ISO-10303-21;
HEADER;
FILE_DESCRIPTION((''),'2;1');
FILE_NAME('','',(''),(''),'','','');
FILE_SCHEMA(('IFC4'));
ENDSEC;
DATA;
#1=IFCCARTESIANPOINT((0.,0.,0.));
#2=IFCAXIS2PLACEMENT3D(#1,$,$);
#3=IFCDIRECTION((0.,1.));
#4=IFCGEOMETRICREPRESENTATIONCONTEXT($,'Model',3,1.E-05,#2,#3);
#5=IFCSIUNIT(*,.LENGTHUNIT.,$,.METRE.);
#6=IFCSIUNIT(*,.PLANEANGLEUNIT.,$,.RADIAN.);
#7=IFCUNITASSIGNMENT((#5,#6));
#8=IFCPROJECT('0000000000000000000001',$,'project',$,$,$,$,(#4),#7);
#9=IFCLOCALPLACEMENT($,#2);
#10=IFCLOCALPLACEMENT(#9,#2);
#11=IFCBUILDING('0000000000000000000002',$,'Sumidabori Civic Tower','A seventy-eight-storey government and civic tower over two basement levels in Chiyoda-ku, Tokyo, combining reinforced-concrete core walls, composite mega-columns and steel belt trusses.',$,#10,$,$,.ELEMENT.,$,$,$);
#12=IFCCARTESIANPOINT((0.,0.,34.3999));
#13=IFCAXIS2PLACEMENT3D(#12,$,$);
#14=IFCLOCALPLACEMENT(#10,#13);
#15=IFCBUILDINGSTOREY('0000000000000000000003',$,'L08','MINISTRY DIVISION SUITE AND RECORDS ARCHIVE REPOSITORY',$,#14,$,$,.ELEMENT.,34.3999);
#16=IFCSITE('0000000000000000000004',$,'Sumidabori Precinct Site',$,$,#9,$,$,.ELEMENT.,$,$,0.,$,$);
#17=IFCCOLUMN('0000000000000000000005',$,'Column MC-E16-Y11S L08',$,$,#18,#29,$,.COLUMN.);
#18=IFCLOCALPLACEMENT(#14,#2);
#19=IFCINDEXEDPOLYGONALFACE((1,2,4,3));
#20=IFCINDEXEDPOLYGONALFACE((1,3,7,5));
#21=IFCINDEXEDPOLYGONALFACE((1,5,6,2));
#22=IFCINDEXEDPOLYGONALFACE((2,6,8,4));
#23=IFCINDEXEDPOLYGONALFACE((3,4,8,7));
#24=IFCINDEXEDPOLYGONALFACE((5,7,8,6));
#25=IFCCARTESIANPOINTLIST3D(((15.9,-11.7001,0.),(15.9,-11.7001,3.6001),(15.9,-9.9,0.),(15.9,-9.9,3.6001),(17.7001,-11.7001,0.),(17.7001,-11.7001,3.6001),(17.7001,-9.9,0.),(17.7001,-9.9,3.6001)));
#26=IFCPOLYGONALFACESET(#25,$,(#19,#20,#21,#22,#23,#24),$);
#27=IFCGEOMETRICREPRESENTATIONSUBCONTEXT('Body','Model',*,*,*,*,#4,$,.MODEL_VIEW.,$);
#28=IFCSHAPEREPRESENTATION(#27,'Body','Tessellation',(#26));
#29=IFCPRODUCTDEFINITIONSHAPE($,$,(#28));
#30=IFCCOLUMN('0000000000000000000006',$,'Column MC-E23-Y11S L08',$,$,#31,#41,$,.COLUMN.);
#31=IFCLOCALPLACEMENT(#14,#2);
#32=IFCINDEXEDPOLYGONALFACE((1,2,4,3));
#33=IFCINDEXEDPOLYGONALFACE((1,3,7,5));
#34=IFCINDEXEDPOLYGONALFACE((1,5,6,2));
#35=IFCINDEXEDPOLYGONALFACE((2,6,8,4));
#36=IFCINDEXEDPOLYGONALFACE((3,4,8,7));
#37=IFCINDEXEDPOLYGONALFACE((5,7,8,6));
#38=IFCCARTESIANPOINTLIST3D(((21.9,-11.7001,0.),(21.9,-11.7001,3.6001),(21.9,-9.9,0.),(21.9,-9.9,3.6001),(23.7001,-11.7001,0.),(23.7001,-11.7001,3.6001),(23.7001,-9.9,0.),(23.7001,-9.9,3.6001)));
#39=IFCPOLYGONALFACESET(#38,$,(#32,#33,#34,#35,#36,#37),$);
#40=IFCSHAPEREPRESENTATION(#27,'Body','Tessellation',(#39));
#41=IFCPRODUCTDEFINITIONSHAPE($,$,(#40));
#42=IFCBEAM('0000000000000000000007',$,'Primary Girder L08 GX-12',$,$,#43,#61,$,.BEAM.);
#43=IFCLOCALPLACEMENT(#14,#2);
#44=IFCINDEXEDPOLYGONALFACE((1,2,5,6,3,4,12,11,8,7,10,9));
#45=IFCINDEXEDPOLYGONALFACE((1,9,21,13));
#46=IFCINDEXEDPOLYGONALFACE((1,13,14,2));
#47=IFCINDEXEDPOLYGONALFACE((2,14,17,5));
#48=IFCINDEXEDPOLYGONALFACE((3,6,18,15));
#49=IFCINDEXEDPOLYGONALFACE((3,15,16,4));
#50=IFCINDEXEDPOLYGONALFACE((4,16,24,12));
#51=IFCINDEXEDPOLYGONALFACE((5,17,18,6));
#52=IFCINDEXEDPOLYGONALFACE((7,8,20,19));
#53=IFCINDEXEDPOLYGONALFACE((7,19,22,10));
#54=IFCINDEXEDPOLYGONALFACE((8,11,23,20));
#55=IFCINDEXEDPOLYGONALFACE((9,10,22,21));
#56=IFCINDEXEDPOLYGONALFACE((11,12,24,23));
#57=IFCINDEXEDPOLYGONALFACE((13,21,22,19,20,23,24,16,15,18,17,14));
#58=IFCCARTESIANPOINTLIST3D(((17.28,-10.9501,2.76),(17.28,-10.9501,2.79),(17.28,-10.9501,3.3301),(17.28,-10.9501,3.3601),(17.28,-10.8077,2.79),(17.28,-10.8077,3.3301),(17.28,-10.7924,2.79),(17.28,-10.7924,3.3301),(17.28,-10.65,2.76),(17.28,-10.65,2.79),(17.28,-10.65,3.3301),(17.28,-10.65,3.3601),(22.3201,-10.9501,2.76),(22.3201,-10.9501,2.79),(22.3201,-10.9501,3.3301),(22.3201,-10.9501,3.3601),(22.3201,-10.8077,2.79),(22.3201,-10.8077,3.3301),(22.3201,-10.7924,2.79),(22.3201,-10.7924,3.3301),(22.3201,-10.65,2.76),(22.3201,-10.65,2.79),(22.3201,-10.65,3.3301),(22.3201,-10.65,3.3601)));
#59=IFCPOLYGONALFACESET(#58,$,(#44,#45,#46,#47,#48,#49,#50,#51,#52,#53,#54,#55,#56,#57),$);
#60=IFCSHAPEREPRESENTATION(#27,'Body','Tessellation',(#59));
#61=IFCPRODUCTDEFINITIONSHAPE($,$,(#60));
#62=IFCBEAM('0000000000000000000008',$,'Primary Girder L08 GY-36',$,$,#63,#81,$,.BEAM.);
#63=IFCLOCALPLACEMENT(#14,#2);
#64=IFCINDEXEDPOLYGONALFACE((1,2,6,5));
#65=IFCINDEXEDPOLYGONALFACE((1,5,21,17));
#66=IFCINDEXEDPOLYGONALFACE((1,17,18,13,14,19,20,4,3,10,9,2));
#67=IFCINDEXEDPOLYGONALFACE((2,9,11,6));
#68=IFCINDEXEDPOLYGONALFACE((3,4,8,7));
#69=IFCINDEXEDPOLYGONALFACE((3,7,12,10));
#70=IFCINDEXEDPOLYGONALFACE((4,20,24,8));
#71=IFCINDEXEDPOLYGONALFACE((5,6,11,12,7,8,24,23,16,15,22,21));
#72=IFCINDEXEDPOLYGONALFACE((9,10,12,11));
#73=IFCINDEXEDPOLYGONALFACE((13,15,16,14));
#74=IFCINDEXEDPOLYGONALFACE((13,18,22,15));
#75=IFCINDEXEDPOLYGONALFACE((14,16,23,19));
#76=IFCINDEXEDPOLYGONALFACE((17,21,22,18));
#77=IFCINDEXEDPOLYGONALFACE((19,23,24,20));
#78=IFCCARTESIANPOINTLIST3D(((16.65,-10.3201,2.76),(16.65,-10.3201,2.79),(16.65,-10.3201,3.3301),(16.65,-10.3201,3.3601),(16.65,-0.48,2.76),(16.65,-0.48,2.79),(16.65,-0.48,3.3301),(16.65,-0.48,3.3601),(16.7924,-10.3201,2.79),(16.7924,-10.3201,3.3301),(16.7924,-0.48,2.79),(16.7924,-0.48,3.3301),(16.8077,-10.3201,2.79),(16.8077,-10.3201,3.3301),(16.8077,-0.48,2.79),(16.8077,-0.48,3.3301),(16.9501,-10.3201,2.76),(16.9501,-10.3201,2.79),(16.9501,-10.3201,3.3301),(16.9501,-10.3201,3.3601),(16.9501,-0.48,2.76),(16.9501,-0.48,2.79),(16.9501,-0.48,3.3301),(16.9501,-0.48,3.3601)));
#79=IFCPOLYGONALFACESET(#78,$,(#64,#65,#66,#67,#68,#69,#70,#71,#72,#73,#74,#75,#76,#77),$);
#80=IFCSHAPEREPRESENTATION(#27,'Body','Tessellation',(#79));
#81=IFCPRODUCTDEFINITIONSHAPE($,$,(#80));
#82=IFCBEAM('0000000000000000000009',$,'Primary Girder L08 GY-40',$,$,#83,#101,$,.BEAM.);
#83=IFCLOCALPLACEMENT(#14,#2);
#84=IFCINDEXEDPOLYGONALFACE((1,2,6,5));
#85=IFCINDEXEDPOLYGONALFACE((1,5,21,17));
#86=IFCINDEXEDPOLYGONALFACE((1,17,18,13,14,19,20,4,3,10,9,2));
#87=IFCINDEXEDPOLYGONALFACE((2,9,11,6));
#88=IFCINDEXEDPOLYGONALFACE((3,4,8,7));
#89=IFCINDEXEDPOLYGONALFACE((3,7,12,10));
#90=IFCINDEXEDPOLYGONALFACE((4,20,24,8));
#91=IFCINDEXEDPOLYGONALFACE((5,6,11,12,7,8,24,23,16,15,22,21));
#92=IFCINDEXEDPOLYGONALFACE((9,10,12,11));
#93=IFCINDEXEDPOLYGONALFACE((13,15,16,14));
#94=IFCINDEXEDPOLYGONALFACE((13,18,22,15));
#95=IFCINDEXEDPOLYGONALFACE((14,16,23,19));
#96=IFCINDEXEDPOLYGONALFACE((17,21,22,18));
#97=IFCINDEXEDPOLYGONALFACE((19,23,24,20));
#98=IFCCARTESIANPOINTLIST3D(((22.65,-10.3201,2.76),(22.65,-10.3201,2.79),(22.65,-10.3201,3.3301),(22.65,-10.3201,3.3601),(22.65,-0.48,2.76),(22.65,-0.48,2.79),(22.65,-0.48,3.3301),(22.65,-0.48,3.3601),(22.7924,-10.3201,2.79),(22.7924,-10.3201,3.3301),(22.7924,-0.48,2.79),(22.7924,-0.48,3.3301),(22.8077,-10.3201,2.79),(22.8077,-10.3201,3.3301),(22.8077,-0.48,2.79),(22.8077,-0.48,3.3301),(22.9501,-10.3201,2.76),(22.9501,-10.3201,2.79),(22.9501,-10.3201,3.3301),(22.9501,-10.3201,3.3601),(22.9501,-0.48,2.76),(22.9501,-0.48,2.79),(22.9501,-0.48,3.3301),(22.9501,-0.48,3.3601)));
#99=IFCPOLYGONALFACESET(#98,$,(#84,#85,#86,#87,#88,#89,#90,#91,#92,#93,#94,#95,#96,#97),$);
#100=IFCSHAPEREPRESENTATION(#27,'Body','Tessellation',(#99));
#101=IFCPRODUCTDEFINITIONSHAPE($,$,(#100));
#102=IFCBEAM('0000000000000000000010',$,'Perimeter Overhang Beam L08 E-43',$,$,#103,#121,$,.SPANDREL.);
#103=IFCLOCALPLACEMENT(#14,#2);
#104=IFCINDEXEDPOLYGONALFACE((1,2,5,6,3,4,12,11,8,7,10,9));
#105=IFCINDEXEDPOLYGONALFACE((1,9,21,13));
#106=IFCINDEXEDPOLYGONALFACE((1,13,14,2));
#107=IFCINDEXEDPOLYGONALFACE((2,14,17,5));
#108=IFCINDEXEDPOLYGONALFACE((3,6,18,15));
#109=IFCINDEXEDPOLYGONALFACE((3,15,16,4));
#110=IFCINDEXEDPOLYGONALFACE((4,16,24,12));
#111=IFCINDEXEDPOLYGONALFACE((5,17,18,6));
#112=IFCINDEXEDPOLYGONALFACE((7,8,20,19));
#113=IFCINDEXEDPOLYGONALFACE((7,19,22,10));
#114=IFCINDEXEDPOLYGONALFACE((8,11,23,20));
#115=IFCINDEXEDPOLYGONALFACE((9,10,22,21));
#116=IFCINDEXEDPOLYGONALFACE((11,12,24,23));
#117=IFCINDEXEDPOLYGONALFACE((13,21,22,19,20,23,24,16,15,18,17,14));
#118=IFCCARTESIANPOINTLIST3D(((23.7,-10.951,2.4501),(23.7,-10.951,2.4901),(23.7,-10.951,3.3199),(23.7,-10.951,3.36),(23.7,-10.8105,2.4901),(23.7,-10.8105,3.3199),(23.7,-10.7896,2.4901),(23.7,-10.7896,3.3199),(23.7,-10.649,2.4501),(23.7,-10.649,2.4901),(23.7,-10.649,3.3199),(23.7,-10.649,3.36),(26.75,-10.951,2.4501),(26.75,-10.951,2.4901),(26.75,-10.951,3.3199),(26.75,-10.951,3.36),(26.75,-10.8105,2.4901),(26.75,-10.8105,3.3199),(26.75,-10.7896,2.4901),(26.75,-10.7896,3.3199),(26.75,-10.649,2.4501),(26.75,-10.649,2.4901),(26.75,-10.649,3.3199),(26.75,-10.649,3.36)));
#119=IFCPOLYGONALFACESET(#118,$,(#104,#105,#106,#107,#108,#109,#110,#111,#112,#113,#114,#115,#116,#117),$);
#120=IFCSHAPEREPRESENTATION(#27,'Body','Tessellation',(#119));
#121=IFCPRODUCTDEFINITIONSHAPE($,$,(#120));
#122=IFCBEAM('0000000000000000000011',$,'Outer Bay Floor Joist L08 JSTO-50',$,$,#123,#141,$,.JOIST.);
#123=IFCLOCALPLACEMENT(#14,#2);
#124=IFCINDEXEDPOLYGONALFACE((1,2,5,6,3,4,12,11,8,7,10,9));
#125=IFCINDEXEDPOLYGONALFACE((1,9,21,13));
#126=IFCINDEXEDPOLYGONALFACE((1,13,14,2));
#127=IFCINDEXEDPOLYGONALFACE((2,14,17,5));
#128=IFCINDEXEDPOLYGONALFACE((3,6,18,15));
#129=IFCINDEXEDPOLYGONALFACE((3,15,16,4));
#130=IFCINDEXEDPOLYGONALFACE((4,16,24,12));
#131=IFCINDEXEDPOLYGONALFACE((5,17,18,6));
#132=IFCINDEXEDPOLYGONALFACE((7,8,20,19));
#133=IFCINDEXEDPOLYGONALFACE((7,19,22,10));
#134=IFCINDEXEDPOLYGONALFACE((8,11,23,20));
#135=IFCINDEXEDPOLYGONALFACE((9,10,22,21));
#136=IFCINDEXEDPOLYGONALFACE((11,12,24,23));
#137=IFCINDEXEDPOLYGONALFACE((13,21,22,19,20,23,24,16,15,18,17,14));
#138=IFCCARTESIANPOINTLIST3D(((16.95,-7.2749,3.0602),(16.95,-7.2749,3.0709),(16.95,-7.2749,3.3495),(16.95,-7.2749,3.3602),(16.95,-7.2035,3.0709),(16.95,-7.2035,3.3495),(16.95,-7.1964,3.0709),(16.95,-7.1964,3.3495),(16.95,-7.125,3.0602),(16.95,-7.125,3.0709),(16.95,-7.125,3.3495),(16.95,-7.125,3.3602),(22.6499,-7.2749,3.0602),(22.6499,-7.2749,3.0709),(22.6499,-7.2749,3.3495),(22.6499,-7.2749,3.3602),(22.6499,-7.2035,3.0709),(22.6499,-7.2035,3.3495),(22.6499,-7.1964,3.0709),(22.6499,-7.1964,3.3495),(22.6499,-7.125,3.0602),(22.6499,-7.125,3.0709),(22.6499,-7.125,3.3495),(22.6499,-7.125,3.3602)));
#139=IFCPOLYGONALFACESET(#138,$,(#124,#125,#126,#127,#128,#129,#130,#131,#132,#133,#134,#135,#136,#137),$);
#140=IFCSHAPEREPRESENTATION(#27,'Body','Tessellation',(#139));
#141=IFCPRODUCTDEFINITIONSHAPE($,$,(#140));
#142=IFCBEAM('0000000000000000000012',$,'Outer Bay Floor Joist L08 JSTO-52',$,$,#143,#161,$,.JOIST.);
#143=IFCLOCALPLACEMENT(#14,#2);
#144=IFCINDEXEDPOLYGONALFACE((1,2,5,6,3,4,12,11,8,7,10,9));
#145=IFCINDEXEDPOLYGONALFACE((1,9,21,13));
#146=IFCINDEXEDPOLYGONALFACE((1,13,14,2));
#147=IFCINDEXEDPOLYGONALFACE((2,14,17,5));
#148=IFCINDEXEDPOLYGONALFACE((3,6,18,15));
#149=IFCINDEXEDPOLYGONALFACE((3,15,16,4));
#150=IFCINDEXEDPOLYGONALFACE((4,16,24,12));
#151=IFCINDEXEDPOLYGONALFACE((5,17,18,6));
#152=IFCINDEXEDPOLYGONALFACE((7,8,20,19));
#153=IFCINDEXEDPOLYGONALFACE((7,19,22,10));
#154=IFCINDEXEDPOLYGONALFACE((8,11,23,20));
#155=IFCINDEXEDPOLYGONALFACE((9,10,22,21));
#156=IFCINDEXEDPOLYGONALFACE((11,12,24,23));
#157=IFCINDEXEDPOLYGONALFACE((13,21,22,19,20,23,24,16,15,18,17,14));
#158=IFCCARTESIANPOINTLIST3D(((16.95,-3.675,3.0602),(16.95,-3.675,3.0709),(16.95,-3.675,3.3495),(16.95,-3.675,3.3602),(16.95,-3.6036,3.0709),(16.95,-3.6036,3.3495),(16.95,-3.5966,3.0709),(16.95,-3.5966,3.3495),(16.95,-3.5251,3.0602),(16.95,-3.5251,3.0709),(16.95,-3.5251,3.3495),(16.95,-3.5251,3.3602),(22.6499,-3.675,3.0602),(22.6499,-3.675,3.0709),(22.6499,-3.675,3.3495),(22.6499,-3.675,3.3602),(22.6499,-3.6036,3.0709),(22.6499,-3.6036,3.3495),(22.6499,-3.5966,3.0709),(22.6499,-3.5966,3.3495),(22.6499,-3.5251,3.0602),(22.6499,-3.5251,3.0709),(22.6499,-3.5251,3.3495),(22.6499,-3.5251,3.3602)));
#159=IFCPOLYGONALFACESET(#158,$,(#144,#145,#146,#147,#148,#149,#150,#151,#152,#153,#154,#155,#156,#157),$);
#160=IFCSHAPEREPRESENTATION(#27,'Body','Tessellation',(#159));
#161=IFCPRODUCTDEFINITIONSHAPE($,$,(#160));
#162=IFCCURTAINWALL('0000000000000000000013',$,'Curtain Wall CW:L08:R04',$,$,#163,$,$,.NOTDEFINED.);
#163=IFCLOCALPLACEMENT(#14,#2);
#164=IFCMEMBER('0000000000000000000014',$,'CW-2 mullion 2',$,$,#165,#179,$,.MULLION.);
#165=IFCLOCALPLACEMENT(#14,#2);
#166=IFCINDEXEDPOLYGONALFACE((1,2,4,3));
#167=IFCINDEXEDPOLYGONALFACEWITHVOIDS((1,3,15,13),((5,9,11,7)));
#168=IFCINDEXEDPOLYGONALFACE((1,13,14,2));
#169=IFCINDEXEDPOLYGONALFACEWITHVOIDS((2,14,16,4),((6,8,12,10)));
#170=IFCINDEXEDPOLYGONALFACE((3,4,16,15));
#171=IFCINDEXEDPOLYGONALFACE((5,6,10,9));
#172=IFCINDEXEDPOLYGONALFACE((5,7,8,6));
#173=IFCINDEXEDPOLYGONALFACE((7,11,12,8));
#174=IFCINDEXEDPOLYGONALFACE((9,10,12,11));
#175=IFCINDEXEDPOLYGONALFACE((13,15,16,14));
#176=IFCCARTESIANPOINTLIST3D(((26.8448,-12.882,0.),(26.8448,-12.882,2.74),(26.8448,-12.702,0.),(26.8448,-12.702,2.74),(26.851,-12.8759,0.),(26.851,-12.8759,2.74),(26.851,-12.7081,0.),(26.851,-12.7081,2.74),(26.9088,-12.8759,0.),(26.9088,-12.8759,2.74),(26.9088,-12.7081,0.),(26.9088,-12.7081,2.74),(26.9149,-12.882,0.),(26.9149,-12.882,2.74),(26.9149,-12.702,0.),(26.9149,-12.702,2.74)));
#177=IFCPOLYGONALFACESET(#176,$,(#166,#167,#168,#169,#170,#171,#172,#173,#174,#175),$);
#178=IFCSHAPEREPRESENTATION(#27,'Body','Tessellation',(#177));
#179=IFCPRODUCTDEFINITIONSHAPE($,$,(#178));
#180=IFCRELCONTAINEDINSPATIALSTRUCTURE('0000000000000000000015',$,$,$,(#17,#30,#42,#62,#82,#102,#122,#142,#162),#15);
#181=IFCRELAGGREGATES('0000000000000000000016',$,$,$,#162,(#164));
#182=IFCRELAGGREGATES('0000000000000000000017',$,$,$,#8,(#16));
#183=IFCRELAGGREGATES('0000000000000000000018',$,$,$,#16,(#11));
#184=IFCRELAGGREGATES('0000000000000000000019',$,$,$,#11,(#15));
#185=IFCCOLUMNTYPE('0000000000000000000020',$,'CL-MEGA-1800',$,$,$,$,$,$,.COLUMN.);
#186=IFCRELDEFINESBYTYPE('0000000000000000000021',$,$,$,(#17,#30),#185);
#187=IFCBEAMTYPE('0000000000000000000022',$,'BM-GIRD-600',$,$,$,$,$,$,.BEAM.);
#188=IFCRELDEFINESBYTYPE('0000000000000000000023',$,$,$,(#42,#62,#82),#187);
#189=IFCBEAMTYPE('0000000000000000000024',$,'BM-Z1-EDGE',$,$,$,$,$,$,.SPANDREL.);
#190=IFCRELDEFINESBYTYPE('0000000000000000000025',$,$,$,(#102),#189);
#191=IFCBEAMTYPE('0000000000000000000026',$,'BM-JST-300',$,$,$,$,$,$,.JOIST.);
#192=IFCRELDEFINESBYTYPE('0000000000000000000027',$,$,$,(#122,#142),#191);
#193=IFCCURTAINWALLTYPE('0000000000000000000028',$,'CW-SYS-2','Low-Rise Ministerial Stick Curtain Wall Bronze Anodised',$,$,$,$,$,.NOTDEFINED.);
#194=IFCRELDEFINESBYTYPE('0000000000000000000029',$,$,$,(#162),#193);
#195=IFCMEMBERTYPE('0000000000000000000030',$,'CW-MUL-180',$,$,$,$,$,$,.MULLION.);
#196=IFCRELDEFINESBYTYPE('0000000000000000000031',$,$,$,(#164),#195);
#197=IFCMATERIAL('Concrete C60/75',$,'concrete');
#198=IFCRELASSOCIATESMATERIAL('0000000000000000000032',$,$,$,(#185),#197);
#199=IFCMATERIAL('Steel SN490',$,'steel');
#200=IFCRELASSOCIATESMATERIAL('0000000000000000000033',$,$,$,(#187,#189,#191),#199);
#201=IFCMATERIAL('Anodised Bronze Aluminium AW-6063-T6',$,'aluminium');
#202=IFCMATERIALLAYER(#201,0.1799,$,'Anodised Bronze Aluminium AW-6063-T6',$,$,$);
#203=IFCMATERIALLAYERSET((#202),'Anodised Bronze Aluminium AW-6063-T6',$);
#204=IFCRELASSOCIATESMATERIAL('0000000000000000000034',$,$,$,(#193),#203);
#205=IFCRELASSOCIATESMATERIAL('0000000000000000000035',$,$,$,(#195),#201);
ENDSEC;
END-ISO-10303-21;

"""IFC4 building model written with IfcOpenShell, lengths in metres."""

from ifc_helpers import new_model, si_unit, direction, frame, origin, origin_2d, place, context, subcontext, project, spatial, rectangle, hollow_rectangle, i_section, extrude, source, transform, mapped, material, layer, layer_set, material_profile, profile_set, type_object, element, aggregate, save


model = new_model("IFC4")

# Units and contexts
model_context = context("Model", 3, precision=1e-05, world=origin(), true_north=direction((0.0, 1.0)))
body_context = subcontext(model_context, "Body", "Model", "MODEL_VIEW")
ifc_project = project(units=[si_unit("LENGTHUNIT", "METRE"), si_unit("PLANEANGLEUNIT", "RADIAN")], contexts=[model_context])

# Site, building, storey
site_placement = place(None, origin())
site = spatial("IfcSite", under=ifc_project, at=site_placement, Name="Sumidabori Precinct Site", CompositionType="ELEMENT", RefElevation=0.0)
building_placement = place(site_placement, origin())
building = spatial("IfcBuilding", under=site, at=building_placement, Name="Sumidabori Civic Tower", Description="A seventy-eight-storey government and civic tower over two basement levels in Chiyoda-ku, Tokyo, combining reinforced-concrete core walls, composite mega-columns and steel belt trusses.", CompositionType="ELEMENT")
storey_placement = place(building_placement, frame((0.0, 0.0, 34.3999)))
storey = spatial("IfcBuildingStorey", under=building, at=storey_placement, Name="L08", Description="MINISTRY DIVISION SUITE AND RECORDS ARCHIVE REPOSITORY", CompositionType="ELEMENT", Elevation=34.3999)

# Columns
ifc_material_1 = material(Name="Concrete C60/75", Category="concrete")
ifc_material_profile_1 = material_profile(ifc_material_1, rectangle(XDim=1.8, YDim=1.8, at=origin_2d()), Name="RC 1800x1800")
ifc_profile_set_1 = profile_set([ifc_material_profile_1], Name="Concrete C60/75")
column_type = type_object("IfcColumnType", Name="CL-MEGA-1800", PredefinedType="COLUMN", material=ifc_profile_set_1)
shared_shape_1 = source(origin(), body_context, "Body", "SweptSolid", [
    extrude(rectangle(XDim=1.8, YDim=1.8, at=origin_2d()), origin(), (0.0, 0.0, 1.0), 3.6001),
])
for number, where, z_axis, x_axis, name in (
    (1, (16.8, -10.8, 0.0), (0.0, 0.0, 1.0), (1.0, 0.0, 0.0), "Column MC-E16-Y11S L08"),
    (2, (22.8, -10.8, 0.0), (0.0, 0.0, 1.0), (1.0, 0.0, 0.0), "Column MC-E23-Y11S L08"),
):
    element("IfcColumn", number, at=place(storey_placement, frame(where, z_axis=z_axis, x_axis=x_axis)), inside=storey, type_object=column_type, Name=name, PredefinedType="COLUMN", context=body_context, shape_type="MappedRepresentation", body=[
        mapped(shared_shape_1, transform((0.0, 0.0, 0.0), x_axis=(1.0, 0.0, 0.0), y_axis=(0.0, 1.0, 0.0), z_axis=(0.0, 0.0, 1.0), scale=1.0)),
    ])

# Beams
ifc_material_2 = material(Name="Steel SN490", Category="steel")
ifc_material_profile_2 = material_profile(ifc_material_2, i_section(OverallWidth=0.3, OverallDepth=0.6001, WebThickness=0.0154, FlangeThickness=0.03, at=origin_2d()), Name="HE 600 B")
ifc_profile_set_2 = profile_set([ifc_material_profile_2], Name="Steel SN490")
beam_type_1 = type_object("IfcBeamType", Name="BM-GIRD-600", PredefinedType="BEAM", material=ifc_profile_set_2)
shared_shape_2 = source(origin(), body_context, "Body", "SweptSolid", [
    extrude(i_section(OverallWidth=0.3, OverallDepth=0.6001, WebThickness=0.0154, FlangeThickness=0.03, at=origin_2d()), origin(), (0.0, 0.0, 1.0), 5.04),
])
beam_1_placement = place(storey_placement, frame((17.28, -10.8, 3.0601), z_axis=(1.0, 0.0, 0.0), x_axis=(0.0, 1.0, 0.0)))
element("IfcBeam", 3, at=beam_1_placement, inside=storey, type_object=beam_type_1, Name="Primary Girder L08 GX-12", PredefinedType="BEAM", context=body_context, shape_type="MappedRepresentation", body=[
    mapped(shared_shape_2, transform((0.0, 0.0, 0.0), x_axis=(1.0, 0.0, 0.0), y_axis=(0.0, 1.0, 0.0), z_axis=(0.0, 0.0, 1.0), scale=1.0)),
])
shared_shape_3 = source(origin(), body_context, "Body", "SweptSolid", [
    extrude(i_section(OverallWidth=0.3, OverallDepth=0.6001, WebThickness=0.0154, FlangeThickness=0.03, at=origin_2d()), origin(), (0.0, 0.0, 1.0), 9.8401),
])
for number, where, z_axis, x_axis, name in (
    (4, (16.8, -10.3201, 3.0601), (0.0, 1.0, 0.0), (-1.0, 0.0, 0.0), "Primary Girder L08 GY-36"),
    (5, (22.8, -10.3201, 3.0601), (0.0, 1.0, 0.0), (-1.0, 0.0, 0.0), "Primary Girder L08 GY-40"),
):
    element("IfcBeam", number, at=place(storey_placement, frame(where, z_axis=z_axis, x_axis=x_axis)), inside=storey, type_object=beam_type_1, Name=name, PredefinedType="BEAM", context=body_context, shape_type="MappedRepresentation", body=[
        mapped(shared_shape_3, transform((0.0, 0.0, 0.0), x_axis=(1.0, 0.0, 0.0), y_axis=(0.0, 1.0, 0.0), z_axis=(0.0, 0.0, 1.0), scale=1.0)),
    ])
ifc_material_profile_3 = material_profile(ifc_material_2, i_section(OverallWidth=0.302, OverallDepth=0.9099, WebThickness=0.021, FlangeThickness=0.04, at=origin_2d()), Name="HE 900 M")
ifc_profile_set_3 = profile_set([ifc_material_profile_3], Name="Steel SN490")
beam_type_2 = type_object("IfcBeamType", Name="BM-Z1-EDGE", PredefinedType="SPANDREL", material=ifc_profile_set_3)
shared_shape_4 = source(origin(), body_context, "Body", "SweptSolid", [
    extrude(i_section(OverallWidth=0.302, OverallDepth=0.9099, WebThickness=0.021, FlangeThickness=0.04, at=origin_2d()), origin(), (0.0, 0.0, 1.0), 3.05),
])
beam_2_placement = place(storey_placement, frame((23.7, -10.8, 2.905), z_axis=(1.0, 0.0, 0.0), x_axis=(0.0, 1.0, 0.0)))
element("IfcBeam", 6, at=beam_2_placement, inside=storey, type_object=beam_type_2, Name="Perimeter Overhang Beam L08 E-43", PredefinedType="SPANDREL", context=body_context, shape_type="MappedRepresentation", body=[
    mapped(shared_shape_4, transform((0.0, 0.0, 0.0), x_axis=(1.0, 0.0, 0.0), y_axis=(0.0, 1.0, 0.0), z_axis=(0.0, 0.0, 1.0), scale=1.0)),
])
ifc_material_profile_4 = material_profile(ifc_material_2, i_section(OverallWidth=0.1499, OverallDepth=0.3, WebThickness=0.0071, FlangeThickness=0.0107, at=origin_2d()), Name="IPE 300")
ifc_profile_set_4 = profile_set([ifc_material_profile_4], Name="Steel SN490")
beam_type_3 = type_object("IfcBeamType", Name="BM-JST-300", PredefinedType="JOIST", material=ifc_profile_set_4)
shared_shape_5 = source(origin(), body_context, "Body", "SweptSolid", [
    extrude(i_section(OverallWidth=0.1499, OverallDepth=0.3, WebThickness=0.0071, FlangeThickness=0.0107, at=origin_2d()), origin(), (0.0, 0.0, 1.0), 5.7),
])
for number, where, z_axis, x_axis, name in (
    (7, (16.95, -7.2, 3.2102), (1.0, 0.0, 0.0), (0.0, 1.0, 0.0), "Outer Bay Floor Joist L08 JSTO-50"),
    (8, (16.95, -3.6001, 3.2102), (1.0, 0.0, 0.0), (0.0, 1.0, 0.0), "Outer Bay Floor Joist L08 JSTO-52"),
):
    element("IfcBeam", number, at=place(storey_placement, frame(where, z_axis=z_axis, x_axis=x_axis)), inside=storey, type_object=beam_type_3, Name=name, PredefinedType="JOIST", context=body_context, shape_type="MappedRepresentation", body=[
        mapped(shared_shape_5, transform((0.0, 0.0, 0.0), x_axis=(1.0, 0.0, 0.0), y_axis=(0.0, 1.0, 0.0), z_axis=(0.0, 0.0, 1.0), scale=1.0)),
    ])

# Curtain wall, member
ifc_material_3 = material(Name="Anodised Bronze Aluminium AW-6063-T6", Category="aluminium")
ifc_layer_1 = layer(ifc_material_3, 0.1799, Name="Anodised Bronze Aluminium AW-6063-T6")
ifc_layer_set_1 = layer_set([ifc_layer_1], Name="Anodised Bronze Aluminium AW-6063-T6")
curtain_wall_type = type_object("IfcCurtainWallType", Name="CW-SYS-2", Description="Low-Rise Ministerial Stick Curtain Wall Bronze Anodised", PredefinedType="NOTDEFINED", material=ifc_layer_set_1)
curtain_wall_placement = place(storey_placement, origin())
curtain_wall = element("IfcCurtainWall", 9, at=curtain_wall_placement, inside=storey, type_object=curtain_wall_type, Name="Curtain Wall CW:L08:R04", PredefinedType="NOTDEFINED")
ifc_material_profile_5 = material_profile(ifc_material_3, hollow_rectangle(XDim=0.0701, YDim=0.1799, WallThickness=0.0061, at=origin_2d()), Name="ALU MULLION 180x70")
ifc_profile_set_5 = profile_set([ifc_material_profile_5], Name="Anodised Bronze Aluminium AW-6063-T6")
member_type_1 = type_object("IfcMemberType", Name="CW-MUL-180", PredefinedType="MULLION", material=ifc_profile_set_5)
shared_shape_6 = source(origin(), body_context, "Body", "SweptSolid", [
    extrude(hollow_rectangle(XDim=0.0701, YDim=0.1799, WallThickness=0.0061, at=origin_2d()), origin(), (0.0, 0.0, 1.0), 2.74),
])
member_1_placement = place(storey_placement, frame((26.8799, -12.792, 0.0), z_axis=(0.0, 0.0, 1.0), x_axis=(-1.0, 0.0, 0.0)))
member_1 = element("IfcMember", 10, at=member_1_placement, type_object=member_type_1, Name="CW-2 mullion 2", PredefinedType="MULLION", context=body_context, shape_type="MappedRepresentation", body=[
    mapped(shared_shape_6, transform((0.0, 0.0, 0.0), x_axis=(1.0, 0.0, 0.0), y_axis=(0.0, 1.0, 0.0), z_axis=(0.0, 0.0, 1.0), scale=1.0)),
])
aggregate(curtain_wall, [member_1])

save(model, "model.ifc")
